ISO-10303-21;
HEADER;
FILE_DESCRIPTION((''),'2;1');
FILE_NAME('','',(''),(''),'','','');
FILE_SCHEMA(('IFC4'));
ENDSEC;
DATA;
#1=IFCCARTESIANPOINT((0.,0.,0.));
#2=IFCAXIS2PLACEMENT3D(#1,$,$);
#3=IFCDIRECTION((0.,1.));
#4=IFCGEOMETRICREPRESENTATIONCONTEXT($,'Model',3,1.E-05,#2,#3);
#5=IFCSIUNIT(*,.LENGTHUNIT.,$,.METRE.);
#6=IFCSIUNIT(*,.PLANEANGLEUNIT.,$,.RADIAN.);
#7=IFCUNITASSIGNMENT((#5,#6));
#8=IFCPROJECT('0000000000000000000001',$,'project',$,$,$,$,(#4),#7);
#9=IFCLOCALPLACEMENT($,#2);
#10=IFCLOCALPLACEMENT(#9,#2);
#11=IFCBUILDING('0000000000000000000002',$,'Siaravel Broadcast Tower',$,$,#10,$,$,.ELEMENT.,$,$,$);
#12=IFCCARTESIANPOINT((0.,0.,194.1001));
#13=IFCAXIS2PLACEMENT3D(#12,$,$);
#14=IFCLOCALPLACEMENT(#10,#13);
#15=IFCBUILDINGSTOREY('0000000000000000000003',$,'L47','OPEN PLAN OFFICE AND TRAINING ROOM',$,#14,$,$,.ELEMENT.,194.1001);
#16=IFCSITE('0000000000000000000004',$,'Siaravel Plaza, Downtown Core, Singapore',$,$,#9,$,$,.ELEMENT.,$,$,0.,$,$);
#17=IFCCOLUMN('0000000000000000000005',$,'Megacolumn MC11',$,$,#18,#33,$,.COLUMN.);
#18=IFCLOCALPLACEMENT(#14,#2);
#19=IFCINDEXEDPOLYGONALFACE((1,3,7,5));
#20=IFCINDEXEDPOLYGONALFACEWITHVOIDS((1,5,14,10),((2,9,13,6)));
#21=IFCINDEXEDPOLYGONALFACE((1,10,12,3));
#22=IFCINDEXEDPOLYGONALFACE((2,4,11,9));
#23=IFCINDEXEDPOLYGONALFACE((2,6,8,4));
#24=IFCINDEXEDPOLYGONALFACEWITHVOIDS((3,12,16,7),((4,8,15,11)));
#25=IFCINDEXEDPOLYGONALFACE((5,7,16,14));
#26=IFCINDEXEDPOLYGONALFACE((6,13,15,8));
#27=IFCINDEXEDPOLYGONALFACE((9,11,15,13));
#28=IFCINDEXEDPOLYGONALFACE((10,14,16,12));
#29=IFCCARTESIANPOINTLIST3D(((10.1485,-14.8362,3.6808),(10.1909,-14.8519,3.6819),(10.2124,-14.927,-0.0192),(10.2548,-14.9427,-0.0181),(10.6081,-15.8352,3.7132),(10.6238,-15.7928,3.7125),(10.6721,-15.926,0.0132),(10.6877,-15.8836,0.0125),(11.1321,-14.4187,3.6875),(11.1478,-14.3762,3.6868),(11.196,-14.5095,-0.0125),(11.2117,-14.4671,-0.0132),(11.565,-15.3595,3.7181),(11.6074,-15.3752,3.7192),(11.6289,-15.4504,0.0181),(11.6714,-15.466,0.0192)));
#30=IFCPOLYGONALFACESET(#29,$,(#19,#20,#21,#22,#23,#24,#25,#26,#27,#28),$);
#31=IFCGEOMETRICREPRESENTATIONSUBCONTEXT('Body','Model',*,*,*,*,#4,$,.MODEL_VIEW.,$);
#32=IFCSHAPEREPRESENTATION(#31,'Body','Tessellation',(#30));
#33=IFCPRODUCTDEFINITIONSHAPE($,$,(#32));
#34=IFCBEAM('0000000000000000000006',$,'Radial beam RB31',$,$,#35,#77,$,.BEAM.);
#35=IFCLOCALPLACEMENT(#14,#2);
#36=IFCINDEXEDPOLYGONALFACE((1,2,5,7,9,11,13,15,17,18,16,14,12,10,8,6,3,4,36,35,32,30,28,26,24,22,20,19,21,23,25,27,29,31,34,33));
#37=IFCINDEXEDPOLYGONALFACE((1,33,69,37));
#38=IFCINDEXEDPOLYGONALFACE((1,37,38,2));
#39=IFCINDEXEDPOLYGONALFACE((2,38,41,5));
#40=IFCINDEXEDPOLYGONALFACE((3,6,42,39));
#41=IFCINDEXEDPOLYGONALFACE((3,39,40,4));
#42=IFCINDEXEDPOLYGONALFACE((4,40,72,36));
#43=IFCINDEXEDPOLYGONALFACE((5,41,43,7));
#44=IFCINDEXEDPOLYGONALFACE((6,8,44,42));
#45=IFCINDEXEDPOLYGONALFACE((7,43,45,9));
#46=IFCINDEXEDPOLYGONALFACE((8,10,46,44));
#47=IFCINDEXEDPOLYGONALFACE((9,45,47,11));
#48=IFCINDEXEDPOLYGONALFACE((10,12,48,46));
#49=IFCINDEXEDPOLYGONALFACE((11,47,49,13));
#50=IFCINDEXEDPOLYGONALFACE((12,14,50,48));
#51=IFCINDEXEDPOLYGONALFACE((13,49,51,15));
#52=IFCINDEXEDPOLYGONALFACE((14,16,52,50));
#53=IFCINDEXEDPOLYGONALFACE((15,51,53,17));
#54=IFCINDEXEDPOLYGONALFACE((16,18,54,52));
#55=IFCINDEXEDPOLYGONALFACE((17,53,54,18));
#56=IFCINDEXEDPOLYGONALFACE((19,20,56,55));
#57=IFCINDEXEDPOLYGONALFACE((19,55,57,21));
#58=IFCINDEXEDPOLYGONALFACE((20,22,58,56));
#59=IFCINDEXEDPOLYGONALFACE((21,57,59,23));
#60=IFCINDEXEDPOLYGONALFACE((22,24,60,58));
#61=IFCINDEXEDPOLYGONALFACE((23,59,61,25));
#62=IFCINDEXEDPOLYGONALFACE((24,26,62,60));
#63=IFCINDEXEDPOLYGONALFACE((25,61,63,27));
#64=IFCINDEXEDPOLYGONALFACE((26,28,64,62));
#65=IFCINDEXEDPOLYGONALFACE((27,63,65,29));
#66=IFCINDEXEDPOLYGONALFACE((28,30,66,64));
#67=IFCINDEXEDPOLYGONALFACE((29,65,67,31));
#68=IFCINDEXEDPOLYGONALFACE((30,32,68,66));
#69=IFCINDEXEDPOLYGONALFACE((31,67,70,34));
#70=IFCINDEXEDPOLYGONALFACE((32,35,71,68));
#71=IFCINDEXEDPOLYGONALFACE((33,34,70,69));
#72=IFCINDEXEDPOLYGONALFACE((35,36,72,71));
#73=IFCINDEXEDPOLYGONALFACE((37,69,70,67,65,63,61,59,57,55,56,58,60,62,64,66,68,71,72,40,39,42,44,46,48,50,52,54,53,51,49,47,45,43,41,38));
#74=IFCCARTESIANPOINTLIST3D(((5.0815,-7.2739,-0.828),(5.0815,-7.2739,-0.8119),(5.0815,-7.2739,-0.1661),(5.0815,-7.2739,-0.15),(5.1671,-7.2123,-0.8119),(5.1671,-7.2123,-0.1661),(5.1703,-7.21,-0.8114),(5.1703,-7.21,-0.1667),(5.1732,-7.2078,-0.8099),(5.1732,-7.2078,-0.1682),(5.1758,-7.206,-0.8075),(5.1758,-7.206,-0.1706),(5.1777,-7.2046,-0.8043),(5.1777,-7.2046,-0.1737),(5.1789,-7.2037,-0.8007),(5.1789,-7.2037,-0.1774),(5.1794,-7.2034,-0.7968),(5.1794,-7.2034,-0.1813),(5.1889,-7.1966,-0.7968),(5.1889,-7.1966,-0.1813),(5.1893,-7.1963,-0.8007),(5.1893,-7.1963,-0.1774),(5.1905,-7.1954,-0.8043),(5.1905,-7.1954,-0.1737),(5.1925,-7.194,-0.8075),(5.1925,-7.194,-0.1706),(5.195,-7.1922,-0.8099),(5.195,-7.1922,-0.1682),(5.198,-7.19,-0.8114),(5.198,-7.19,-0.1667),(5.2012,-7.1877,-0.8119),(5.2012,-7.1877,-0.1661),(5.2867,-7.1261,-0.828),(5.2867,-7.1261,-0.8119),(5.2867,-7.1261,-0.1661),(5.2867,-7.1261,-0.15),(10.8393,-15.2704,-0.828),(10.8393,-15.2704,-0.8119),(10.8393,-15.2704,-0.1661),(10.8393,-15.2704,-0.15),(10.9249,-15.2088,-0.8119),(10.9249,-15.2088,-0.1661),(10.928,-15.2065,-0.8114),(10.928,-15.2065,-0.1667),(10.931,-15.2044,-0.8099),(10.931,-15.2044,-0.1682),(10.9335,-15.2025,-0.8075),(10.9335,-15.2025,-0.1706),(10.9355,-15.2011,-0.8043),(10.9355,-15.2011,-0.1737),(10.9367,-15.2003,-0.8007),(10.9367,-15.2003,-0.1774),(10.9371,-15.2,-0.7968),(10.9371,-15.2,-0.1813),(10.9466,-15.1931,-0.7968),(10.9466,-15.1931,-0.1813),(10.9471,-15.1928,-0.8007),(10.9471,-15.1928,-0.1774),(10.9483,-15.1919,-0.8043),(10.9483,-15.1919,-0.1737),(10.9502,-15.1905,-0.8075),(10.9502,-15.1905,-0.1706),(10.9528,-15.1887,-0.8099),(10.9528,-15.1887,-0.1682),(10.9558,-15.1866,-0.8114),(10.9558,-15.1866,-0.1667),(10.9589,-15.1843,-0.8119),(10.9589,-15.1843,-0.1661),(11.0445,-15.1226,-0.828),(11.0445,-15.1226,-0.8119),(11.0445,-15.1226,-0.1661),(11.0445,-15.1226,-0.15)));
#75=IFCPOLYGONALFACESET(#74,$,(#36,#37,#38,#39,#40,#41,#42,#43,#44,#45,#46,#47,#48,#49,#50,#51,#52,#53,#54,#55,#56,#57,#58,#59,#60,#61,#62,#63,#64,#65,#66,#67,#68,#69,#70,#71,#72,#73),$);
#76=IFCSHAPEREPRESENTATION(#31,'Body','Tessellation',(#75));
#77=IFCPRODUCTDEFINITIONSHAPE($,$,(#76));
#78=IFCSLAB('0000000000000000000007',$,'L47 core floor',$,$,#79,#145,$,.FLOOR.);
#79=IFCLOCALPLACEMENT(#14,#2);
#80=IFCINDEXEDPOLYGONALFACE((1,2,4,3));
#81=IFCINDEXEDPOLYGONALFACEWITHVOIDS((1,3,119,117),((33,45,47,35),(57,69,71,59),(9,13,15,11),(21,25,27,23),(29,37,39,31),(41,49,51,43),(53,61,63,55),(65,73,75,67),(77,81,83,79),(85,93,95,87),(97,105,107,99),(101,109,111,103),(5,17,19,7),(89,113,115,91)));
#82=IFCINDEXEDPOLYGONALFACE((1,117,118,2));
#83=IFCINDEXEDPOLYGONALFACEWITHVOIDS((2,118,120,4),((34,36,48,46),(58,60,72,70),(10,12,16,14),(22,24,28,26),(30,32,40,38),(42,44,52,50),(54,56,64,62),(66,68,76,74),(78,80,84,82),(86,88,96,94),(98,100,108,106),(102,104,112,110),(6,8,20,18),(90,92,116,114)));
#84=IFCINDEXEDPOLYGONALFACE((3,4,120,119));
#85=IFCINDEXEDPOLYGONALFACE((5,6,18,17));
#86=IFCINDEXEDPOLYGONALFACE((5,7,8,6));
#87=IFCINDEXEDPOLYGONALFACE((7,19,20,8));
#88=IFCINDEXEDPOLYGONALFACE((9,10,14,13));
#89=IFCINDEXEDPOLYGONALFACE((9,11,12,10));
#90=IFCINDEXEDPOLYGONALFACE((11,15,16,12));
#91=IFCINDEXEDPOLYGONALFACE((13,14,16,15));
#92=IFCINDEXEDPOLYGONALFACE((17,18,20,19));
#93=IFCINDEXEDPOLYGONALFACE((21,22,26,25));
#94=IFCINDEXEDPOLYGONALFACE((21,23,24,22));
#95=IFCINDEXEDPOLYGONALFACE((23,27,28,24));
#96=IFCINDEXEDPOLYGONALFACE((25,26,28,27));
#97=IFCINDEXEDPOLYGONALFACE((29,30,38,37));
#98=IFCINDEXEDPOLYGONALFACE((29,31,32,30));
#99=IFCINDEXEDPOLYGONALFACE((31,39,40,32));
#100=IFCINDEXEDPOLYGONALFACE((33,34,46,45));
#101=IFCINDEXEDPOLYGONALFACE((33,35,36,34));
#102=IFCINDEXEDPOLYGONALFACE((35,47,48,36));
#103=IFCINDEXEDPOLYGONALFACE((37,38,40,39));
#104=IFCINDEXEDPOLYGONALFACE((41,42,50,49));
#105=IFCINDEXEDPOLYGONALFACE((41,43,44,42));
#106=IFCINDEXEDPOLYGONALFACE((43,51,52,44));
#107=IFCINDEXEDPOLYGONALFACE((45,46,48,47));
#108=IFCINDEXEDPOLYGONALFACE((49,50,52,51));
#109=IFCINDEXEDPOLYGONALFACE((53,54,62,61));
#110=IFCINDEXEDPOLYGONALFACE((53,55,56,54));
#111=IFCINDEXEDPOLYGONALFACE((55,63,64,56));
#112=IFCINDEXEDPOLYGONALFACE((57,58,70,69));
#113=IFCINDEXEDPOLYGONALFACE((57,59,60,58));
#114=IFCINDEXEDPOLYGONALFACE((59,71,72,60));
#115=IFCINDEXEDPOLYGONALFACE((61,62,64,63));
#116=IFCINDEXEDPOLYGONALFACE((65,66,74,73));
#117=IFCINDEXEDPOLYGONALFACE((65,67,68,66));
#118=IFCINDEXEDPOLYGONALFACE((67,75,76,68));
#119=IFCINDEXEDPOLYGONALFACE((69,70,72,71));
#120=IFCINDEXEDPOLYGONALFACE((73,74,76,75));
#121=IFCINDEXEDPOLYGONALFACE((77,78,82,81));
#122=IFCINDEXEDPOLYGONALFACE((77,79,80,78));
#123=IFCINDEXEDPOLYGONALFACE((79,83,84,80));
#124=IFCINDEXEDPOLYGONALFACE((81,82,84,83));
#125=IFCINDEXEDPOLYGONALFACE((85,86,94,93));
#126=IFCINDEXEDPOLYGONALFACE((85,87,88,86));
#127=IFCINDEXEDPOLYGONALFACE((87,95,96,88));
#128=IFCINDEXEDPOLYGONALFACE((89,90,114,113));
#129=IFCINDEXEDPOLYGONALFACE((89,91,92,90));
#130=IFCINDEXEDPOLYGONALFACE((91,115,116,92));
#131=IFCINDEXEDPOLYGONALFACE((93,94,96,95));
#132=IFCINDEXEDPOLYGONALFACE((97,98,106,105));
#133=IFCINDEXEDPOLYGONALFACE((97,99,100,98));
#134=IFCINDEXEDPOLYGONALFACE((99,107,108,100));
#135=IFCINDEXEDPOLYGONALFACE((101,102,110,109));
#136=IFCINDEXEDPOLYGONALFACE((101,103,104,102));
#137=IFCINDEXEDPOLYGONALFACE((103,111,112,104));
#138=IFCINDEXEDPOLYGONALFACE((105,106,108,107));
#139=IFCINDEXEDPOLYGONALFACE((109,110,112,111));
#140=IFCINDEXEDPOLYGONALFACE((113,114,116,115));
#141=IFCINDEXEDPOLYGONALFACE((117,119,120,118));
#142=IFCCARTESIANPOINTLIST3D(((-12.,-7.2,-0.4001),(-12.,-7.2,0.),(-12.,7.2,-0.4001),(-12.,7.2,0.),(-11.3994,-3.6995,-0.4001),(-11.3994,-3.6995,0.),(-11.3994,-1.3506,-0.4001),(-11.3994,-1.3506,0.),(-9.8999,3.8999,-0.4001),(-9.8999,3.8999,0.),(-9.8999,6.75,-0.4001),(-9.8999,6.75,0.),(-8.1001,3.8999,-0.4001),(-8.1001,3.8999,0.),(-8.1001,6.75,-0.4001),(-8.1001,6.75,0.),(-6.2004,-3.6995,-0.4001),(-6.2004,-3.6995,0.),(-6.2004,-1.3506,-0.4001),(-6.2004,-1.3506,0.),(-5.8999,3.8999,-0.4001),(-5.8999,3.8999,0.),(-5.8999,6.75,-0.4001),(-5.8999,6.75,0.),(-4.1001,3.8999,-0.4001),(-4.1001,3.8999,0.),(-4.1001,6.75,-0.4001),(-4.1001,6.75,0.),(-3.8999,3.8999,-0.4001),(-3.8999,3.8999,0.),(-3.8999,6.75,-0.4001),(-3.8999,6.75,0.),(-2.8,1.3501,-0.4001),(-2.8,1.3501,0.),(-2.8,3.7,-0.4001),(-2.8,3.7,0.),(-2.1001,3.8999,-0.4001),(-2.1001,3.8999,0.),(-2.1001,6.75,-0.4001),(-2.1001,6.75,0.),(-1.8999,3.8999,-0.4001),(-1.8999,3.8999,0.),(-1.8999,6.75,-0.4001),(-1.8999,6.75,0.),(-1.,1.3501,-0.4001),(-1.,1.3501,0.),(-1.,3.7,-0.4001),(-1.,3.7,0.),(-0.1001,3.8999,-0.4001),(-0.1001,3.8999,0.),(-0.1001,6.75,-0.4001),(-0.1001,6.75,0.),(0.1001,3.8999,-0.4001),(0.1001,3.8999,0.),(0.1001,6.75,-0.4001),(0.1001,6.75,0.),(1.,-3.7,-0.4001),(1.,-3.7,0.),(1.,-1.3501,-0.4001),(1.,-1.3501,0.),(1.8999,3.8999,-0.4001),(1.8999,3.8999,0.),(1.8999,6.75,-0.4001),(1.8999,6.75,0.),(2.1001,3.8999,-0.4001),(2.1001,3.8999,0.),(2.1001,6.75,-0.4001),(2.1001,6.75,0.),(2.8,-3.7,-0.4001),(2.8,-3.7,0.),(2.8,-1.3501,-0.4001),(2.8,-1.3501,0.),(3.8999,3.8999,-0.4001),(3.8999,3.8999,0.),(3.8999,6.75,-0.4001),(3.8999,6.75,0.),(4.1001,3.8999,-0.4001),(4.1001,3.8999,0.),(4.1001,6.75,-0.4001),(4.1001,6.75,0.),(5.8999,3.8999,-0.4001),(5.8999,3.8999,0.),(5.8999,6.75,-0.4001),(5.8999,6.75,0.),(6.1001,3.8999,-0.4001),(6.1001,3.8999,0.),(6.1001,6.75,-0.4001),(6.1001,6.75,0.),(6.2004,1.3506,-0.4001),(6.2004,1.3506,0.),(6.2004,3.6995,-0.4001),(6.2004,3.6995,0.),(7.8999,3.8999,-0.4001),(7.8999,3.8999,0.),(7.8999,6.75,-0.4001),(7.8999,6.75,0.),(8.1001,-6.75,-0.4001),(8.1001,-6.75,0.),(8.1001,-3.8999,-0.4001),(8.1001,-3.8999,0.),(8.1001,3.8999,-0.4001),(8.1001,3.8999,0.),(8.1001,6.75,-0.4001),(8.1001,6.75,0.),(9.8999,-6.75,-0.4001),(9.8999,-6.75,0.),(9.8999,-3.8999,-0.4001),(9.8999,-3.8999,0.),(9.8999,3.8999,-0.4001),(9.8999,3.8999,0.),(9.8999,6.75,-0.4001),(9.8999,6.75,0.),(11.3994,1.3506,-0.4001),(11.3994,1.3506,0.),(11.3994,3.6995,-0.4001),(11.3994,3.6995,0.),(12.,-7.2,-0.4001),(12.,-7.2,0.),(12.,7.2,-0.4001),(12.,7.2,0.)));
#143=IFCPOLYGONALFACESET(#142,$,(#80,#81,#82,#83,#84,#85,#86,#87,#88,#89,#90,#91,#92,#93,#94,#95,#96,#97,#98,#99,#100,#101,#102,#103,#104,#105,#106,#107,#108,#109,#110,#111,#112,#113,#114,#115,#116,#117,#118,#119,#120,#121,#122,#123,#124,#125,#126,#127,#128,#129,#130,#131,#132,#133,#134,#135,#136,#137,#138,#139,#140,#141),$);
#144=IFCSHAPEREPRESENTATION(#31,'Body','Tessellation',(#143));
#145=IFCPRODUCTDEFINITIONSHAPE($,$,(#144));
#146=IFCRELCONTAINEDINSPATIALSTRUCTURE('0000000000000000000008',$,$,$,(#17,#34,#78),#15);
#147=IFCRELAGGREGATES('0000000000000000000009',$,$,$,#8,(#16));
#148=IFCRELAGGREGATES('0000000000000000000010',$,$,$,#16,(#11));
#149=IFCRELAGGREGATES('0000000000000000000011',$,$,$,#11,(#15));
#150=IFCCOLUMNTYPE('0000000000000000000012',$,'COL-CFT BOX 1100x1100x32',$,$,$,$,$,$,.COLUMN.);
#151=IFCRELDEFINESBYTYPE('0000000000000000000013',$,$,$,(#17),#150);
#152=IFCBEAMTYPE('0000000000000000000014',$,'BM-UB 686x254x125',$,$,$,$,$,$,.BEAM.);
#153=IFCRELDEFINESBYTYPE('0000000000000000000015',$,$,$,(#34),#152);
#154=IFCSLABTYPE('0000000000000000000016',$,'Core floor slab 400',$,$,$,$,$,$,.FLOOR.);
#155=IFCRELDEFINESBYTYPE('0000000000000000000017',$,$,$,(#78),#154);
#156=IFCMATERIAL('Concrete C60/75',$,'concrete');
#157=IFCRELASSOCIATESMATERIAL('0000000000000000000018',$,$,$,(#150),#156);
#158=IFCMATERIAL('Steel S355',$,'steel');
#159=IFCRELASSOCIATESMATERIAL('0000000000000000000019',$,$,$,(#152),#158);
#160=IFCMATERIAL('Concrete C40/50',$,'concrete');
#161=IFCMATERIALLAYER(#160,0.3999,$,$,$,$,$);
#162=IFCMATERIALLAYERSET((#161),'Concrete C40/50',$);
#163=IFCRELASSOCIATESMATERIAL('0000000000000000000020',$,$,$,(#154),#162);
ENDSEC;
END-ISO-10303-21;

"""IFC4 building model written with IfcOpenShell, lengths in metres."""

from ifc_helpers import new_model, si_unit, direction, frame, origin, origin_2d, place, context, subcontext, project, spatial, polyline, hollow_rectangle, i_section, outline, extrude, material, layer, layer_set, material_profile, profile_set, type_object, element, save


model = new_model("IFC4")

# Units and contexts
model_context = context("Model", 3, precision=1e-05, world=origin(), true_north=direction((0.0, 1.0)))
body_context = subcontext(model_context, "Body", "Model", "MODEL_VIEW")
ifc_project = project(units=[si_unit("LENGTHUNIT", "METRE"), si_unit("PLANEANGLEUNIT", "RADIAN")], contexts=[model_context])

# Site, building, storey
site_placement = place(None, origin())
site = spatial("IfcSite", under=ifc_project, at=site_placement, Name="Siaravel Plaza, Downtown Core, Singapore", CompositionType="ELEMENT", RefElevation=0.0)
building_placement = place(site_placement, origin())
building = spatial("IfcBuilding", under=site, at=building_placement, Name="Siaravel Broadcast Tower", CompositionType="ELEMENT")
storey_placement = place(building_placement, frame((0.0, 0.0, 194.1001)))
storey = spatial("IfcBuildingStorey", under=building, at=storey_placement, Name="L47", Description="OPEN PLAN OFFICE AND TRAINING ROOM", CompositionType="ELEMENT", Elevation=194.1001)

# Column
ifc_material_1 = material(Name="Concrete C60/75", Category="concrete")
ifc_material_profile_1 = material_profile(ifc_material_1, hollow_rectangle(XDim=1.1001, YDim=1.1001, WallThickness=0.032, at=origin_2d()))
ifc_profile_set_1 = profile_set([ifc_material_profile_1], Name="Concrete C60/75")
column_type = type_object("IfcColumnType", Name="COL-CFT BOX 1100x1100x32", PredefinedType="COLUMN", material=ifc_profile_set_1)
column_placement = place(storey_placement, frame((10.9419, -15.1965, 0.0), z_axis=(-0.01728, 0.024535, 0.99955), x_axis=(-0.908373, -0.418125, -0.005441)))
element("IfcColumn", 1, at=column_placement, inside=storey, type_object=column_type, Name="Megacolumn MC11", PredefinedType="COLUMN", context=body_context, shape_type="SweptSolid", body=[
    extrude(hollow_rectangle(XDim=1.1001, YDim=1.1001, WallThickness=0.032, at=origin_2d()), origin(), (0.0, 0.0, 1.0), 3.7017),
])

# Beam
ifc_material_2 = material(Name="Steel S355", Category="steel")
ifc_material_profile_2 = material_profile(ifc_material_2, i_section(OverallWidth=0.2529, OverallDepth=0.678, WebThickness=0.0117, FlangeThickness=0.0161, FilletRadius=0.0151, at=origin_2d()))
ifc_profile_set_2 = profile_set([ifc_material_profile_2], Name="Steel S355")
beam_type = type_object("IfcBeamType", Name="BM-UB 686x254x125", PredefinedType="BEAM", material=ifc_profile_set_2)
beam_placement = place(storey_placement, frame((10.9419, -15.1965, -0.489), z_axis=(-0.584323, 0.811521, 0.0), x_axis=(-0.811521, -0.584323, 0.0)))
element("IfcBeam", 2, at=beam_placement, inside=storey, type_object=beam_type, Name="Radial beam RB31", PredefinedType="BEAM", context=body_context, shape_type="SweptSolid", body=[
    extrude(i_section(OverallWidth=0.2529, OverallDepth=0.678, WebThickness=0.0117, FlangeThickness=0.0161, FilletRadius=0.0151, at=origin_2d()), origin(), (0.0, 0.0, 1.0), 9.8538),
])

# Slab
ifc_material_3 = material(Name="Concrete C40/50", Category="concrete")
ifc_layer_1 = layer(ifc_material_3, 0.3999)
ifc_layer_set_1 = layer_set([ifc_layer_1], Name="Concrete C40/50")
slab_type_1 = type_object("IfcSlabType", Name="Core floor slab 400", PredefinedType="FLOOR", material=ifc_layer_set_1)
slab_1_placement = place(storey_placement, frame((0.0, 0.0, -0.4001)))
element("IfcSlab", 3, at=slab_1_placement, inside=storey, type_object=slab_type_1, Name="L47 core floor", PredefinedType="FLOOR", context=body_context, shape_type="SweptSolid", body=[
    extrude(outline(polyline([(-12.0, -7.2), (-12.0, 7.2), (12.0, 7.2), (12.0, -7.2), (-12.0, -7.2)]), holes=[polyline([(11.3994, 1.3506), (11.3994, 3.6995), (6.2004, 3.6995), (6.2004, 1.3506), (11.3994, 1.3506)]), polyline([(8.1001, -3.8999), (8.1001, -6.75), (9.8999, -6.75), (9.8999, -3.8999), (8.1001, -3.8999)]), polyline([(9.8999, 6.75), (8.1001, 6.75), (8.1001, 3.8999), (9.8999, 3.8999), (9.8999, 6.75)]), polyline([(7.8999, 6.75), (6.1001, 6.75), (6.1001, 3.8999), (7.8999, 3.8999), (7.8999, 6.75)]), polyline([(5.8999, 6.75), (4.1001, 6.75), (4.1001, 3.8999), (5.8999, 3.8999), (5.8999, 6.75)]), polyline([(3.8999, 6.75), (2.1001, 6.75), (2.1001, 3.8999), (3.8999, 3.8999), (3.8999, 6.75)]), polyline([(2.8, -1.3501), (1.0, -1.3501), (1.0, -3.7), (2.8, -3.7), (2.8, -1.3501)]), polyline([(1.8999, 6.75), (0.1001, 6.75), (0.1001, 3.8999), (1.8999, 3.8999), (1.8999, 6.75)]), polyline([(-0.1001, 6.75), (-1.8999, 6.75), (-1.8999, 3.8999), (-0.1001, 3.8999), (-0.1001, 6.75)]), polyline([(-1.0, 3.7), (-2.8, 3.7), (-2.8, 1.3501), (-1.0, 1.3501), (-1.0, 3.7)]), polyline([(-2.1001, 6.75), (-3.8999, 6.75), (-3.8999, 3.8999), (-2.1001, 3.8999), (-2.1001, 6.75)]), polyline([(-4.1001, 6.75), (-5.8999, 6.75), (-5.8999, 3.8999), (-4.1001, 3.8999), (-4.1001, 6.75)]), polyline([(-11.3994, -3.6995), (-6.2004, -3.6995), (-6.2004, -1.3506), (-11.3994, -1.3506), (-11.3994, -3.6995)]), polyline([(-8.1001, 6.75), (-9.8999, 6.75), (-9.8999, 3.8999), (-8.1001, 3.8999), (-8.1001, 6.75)])]), origin(), (0.0, 0.0, 1.0), 0.4001),
])

save(model, "model.ifc")
